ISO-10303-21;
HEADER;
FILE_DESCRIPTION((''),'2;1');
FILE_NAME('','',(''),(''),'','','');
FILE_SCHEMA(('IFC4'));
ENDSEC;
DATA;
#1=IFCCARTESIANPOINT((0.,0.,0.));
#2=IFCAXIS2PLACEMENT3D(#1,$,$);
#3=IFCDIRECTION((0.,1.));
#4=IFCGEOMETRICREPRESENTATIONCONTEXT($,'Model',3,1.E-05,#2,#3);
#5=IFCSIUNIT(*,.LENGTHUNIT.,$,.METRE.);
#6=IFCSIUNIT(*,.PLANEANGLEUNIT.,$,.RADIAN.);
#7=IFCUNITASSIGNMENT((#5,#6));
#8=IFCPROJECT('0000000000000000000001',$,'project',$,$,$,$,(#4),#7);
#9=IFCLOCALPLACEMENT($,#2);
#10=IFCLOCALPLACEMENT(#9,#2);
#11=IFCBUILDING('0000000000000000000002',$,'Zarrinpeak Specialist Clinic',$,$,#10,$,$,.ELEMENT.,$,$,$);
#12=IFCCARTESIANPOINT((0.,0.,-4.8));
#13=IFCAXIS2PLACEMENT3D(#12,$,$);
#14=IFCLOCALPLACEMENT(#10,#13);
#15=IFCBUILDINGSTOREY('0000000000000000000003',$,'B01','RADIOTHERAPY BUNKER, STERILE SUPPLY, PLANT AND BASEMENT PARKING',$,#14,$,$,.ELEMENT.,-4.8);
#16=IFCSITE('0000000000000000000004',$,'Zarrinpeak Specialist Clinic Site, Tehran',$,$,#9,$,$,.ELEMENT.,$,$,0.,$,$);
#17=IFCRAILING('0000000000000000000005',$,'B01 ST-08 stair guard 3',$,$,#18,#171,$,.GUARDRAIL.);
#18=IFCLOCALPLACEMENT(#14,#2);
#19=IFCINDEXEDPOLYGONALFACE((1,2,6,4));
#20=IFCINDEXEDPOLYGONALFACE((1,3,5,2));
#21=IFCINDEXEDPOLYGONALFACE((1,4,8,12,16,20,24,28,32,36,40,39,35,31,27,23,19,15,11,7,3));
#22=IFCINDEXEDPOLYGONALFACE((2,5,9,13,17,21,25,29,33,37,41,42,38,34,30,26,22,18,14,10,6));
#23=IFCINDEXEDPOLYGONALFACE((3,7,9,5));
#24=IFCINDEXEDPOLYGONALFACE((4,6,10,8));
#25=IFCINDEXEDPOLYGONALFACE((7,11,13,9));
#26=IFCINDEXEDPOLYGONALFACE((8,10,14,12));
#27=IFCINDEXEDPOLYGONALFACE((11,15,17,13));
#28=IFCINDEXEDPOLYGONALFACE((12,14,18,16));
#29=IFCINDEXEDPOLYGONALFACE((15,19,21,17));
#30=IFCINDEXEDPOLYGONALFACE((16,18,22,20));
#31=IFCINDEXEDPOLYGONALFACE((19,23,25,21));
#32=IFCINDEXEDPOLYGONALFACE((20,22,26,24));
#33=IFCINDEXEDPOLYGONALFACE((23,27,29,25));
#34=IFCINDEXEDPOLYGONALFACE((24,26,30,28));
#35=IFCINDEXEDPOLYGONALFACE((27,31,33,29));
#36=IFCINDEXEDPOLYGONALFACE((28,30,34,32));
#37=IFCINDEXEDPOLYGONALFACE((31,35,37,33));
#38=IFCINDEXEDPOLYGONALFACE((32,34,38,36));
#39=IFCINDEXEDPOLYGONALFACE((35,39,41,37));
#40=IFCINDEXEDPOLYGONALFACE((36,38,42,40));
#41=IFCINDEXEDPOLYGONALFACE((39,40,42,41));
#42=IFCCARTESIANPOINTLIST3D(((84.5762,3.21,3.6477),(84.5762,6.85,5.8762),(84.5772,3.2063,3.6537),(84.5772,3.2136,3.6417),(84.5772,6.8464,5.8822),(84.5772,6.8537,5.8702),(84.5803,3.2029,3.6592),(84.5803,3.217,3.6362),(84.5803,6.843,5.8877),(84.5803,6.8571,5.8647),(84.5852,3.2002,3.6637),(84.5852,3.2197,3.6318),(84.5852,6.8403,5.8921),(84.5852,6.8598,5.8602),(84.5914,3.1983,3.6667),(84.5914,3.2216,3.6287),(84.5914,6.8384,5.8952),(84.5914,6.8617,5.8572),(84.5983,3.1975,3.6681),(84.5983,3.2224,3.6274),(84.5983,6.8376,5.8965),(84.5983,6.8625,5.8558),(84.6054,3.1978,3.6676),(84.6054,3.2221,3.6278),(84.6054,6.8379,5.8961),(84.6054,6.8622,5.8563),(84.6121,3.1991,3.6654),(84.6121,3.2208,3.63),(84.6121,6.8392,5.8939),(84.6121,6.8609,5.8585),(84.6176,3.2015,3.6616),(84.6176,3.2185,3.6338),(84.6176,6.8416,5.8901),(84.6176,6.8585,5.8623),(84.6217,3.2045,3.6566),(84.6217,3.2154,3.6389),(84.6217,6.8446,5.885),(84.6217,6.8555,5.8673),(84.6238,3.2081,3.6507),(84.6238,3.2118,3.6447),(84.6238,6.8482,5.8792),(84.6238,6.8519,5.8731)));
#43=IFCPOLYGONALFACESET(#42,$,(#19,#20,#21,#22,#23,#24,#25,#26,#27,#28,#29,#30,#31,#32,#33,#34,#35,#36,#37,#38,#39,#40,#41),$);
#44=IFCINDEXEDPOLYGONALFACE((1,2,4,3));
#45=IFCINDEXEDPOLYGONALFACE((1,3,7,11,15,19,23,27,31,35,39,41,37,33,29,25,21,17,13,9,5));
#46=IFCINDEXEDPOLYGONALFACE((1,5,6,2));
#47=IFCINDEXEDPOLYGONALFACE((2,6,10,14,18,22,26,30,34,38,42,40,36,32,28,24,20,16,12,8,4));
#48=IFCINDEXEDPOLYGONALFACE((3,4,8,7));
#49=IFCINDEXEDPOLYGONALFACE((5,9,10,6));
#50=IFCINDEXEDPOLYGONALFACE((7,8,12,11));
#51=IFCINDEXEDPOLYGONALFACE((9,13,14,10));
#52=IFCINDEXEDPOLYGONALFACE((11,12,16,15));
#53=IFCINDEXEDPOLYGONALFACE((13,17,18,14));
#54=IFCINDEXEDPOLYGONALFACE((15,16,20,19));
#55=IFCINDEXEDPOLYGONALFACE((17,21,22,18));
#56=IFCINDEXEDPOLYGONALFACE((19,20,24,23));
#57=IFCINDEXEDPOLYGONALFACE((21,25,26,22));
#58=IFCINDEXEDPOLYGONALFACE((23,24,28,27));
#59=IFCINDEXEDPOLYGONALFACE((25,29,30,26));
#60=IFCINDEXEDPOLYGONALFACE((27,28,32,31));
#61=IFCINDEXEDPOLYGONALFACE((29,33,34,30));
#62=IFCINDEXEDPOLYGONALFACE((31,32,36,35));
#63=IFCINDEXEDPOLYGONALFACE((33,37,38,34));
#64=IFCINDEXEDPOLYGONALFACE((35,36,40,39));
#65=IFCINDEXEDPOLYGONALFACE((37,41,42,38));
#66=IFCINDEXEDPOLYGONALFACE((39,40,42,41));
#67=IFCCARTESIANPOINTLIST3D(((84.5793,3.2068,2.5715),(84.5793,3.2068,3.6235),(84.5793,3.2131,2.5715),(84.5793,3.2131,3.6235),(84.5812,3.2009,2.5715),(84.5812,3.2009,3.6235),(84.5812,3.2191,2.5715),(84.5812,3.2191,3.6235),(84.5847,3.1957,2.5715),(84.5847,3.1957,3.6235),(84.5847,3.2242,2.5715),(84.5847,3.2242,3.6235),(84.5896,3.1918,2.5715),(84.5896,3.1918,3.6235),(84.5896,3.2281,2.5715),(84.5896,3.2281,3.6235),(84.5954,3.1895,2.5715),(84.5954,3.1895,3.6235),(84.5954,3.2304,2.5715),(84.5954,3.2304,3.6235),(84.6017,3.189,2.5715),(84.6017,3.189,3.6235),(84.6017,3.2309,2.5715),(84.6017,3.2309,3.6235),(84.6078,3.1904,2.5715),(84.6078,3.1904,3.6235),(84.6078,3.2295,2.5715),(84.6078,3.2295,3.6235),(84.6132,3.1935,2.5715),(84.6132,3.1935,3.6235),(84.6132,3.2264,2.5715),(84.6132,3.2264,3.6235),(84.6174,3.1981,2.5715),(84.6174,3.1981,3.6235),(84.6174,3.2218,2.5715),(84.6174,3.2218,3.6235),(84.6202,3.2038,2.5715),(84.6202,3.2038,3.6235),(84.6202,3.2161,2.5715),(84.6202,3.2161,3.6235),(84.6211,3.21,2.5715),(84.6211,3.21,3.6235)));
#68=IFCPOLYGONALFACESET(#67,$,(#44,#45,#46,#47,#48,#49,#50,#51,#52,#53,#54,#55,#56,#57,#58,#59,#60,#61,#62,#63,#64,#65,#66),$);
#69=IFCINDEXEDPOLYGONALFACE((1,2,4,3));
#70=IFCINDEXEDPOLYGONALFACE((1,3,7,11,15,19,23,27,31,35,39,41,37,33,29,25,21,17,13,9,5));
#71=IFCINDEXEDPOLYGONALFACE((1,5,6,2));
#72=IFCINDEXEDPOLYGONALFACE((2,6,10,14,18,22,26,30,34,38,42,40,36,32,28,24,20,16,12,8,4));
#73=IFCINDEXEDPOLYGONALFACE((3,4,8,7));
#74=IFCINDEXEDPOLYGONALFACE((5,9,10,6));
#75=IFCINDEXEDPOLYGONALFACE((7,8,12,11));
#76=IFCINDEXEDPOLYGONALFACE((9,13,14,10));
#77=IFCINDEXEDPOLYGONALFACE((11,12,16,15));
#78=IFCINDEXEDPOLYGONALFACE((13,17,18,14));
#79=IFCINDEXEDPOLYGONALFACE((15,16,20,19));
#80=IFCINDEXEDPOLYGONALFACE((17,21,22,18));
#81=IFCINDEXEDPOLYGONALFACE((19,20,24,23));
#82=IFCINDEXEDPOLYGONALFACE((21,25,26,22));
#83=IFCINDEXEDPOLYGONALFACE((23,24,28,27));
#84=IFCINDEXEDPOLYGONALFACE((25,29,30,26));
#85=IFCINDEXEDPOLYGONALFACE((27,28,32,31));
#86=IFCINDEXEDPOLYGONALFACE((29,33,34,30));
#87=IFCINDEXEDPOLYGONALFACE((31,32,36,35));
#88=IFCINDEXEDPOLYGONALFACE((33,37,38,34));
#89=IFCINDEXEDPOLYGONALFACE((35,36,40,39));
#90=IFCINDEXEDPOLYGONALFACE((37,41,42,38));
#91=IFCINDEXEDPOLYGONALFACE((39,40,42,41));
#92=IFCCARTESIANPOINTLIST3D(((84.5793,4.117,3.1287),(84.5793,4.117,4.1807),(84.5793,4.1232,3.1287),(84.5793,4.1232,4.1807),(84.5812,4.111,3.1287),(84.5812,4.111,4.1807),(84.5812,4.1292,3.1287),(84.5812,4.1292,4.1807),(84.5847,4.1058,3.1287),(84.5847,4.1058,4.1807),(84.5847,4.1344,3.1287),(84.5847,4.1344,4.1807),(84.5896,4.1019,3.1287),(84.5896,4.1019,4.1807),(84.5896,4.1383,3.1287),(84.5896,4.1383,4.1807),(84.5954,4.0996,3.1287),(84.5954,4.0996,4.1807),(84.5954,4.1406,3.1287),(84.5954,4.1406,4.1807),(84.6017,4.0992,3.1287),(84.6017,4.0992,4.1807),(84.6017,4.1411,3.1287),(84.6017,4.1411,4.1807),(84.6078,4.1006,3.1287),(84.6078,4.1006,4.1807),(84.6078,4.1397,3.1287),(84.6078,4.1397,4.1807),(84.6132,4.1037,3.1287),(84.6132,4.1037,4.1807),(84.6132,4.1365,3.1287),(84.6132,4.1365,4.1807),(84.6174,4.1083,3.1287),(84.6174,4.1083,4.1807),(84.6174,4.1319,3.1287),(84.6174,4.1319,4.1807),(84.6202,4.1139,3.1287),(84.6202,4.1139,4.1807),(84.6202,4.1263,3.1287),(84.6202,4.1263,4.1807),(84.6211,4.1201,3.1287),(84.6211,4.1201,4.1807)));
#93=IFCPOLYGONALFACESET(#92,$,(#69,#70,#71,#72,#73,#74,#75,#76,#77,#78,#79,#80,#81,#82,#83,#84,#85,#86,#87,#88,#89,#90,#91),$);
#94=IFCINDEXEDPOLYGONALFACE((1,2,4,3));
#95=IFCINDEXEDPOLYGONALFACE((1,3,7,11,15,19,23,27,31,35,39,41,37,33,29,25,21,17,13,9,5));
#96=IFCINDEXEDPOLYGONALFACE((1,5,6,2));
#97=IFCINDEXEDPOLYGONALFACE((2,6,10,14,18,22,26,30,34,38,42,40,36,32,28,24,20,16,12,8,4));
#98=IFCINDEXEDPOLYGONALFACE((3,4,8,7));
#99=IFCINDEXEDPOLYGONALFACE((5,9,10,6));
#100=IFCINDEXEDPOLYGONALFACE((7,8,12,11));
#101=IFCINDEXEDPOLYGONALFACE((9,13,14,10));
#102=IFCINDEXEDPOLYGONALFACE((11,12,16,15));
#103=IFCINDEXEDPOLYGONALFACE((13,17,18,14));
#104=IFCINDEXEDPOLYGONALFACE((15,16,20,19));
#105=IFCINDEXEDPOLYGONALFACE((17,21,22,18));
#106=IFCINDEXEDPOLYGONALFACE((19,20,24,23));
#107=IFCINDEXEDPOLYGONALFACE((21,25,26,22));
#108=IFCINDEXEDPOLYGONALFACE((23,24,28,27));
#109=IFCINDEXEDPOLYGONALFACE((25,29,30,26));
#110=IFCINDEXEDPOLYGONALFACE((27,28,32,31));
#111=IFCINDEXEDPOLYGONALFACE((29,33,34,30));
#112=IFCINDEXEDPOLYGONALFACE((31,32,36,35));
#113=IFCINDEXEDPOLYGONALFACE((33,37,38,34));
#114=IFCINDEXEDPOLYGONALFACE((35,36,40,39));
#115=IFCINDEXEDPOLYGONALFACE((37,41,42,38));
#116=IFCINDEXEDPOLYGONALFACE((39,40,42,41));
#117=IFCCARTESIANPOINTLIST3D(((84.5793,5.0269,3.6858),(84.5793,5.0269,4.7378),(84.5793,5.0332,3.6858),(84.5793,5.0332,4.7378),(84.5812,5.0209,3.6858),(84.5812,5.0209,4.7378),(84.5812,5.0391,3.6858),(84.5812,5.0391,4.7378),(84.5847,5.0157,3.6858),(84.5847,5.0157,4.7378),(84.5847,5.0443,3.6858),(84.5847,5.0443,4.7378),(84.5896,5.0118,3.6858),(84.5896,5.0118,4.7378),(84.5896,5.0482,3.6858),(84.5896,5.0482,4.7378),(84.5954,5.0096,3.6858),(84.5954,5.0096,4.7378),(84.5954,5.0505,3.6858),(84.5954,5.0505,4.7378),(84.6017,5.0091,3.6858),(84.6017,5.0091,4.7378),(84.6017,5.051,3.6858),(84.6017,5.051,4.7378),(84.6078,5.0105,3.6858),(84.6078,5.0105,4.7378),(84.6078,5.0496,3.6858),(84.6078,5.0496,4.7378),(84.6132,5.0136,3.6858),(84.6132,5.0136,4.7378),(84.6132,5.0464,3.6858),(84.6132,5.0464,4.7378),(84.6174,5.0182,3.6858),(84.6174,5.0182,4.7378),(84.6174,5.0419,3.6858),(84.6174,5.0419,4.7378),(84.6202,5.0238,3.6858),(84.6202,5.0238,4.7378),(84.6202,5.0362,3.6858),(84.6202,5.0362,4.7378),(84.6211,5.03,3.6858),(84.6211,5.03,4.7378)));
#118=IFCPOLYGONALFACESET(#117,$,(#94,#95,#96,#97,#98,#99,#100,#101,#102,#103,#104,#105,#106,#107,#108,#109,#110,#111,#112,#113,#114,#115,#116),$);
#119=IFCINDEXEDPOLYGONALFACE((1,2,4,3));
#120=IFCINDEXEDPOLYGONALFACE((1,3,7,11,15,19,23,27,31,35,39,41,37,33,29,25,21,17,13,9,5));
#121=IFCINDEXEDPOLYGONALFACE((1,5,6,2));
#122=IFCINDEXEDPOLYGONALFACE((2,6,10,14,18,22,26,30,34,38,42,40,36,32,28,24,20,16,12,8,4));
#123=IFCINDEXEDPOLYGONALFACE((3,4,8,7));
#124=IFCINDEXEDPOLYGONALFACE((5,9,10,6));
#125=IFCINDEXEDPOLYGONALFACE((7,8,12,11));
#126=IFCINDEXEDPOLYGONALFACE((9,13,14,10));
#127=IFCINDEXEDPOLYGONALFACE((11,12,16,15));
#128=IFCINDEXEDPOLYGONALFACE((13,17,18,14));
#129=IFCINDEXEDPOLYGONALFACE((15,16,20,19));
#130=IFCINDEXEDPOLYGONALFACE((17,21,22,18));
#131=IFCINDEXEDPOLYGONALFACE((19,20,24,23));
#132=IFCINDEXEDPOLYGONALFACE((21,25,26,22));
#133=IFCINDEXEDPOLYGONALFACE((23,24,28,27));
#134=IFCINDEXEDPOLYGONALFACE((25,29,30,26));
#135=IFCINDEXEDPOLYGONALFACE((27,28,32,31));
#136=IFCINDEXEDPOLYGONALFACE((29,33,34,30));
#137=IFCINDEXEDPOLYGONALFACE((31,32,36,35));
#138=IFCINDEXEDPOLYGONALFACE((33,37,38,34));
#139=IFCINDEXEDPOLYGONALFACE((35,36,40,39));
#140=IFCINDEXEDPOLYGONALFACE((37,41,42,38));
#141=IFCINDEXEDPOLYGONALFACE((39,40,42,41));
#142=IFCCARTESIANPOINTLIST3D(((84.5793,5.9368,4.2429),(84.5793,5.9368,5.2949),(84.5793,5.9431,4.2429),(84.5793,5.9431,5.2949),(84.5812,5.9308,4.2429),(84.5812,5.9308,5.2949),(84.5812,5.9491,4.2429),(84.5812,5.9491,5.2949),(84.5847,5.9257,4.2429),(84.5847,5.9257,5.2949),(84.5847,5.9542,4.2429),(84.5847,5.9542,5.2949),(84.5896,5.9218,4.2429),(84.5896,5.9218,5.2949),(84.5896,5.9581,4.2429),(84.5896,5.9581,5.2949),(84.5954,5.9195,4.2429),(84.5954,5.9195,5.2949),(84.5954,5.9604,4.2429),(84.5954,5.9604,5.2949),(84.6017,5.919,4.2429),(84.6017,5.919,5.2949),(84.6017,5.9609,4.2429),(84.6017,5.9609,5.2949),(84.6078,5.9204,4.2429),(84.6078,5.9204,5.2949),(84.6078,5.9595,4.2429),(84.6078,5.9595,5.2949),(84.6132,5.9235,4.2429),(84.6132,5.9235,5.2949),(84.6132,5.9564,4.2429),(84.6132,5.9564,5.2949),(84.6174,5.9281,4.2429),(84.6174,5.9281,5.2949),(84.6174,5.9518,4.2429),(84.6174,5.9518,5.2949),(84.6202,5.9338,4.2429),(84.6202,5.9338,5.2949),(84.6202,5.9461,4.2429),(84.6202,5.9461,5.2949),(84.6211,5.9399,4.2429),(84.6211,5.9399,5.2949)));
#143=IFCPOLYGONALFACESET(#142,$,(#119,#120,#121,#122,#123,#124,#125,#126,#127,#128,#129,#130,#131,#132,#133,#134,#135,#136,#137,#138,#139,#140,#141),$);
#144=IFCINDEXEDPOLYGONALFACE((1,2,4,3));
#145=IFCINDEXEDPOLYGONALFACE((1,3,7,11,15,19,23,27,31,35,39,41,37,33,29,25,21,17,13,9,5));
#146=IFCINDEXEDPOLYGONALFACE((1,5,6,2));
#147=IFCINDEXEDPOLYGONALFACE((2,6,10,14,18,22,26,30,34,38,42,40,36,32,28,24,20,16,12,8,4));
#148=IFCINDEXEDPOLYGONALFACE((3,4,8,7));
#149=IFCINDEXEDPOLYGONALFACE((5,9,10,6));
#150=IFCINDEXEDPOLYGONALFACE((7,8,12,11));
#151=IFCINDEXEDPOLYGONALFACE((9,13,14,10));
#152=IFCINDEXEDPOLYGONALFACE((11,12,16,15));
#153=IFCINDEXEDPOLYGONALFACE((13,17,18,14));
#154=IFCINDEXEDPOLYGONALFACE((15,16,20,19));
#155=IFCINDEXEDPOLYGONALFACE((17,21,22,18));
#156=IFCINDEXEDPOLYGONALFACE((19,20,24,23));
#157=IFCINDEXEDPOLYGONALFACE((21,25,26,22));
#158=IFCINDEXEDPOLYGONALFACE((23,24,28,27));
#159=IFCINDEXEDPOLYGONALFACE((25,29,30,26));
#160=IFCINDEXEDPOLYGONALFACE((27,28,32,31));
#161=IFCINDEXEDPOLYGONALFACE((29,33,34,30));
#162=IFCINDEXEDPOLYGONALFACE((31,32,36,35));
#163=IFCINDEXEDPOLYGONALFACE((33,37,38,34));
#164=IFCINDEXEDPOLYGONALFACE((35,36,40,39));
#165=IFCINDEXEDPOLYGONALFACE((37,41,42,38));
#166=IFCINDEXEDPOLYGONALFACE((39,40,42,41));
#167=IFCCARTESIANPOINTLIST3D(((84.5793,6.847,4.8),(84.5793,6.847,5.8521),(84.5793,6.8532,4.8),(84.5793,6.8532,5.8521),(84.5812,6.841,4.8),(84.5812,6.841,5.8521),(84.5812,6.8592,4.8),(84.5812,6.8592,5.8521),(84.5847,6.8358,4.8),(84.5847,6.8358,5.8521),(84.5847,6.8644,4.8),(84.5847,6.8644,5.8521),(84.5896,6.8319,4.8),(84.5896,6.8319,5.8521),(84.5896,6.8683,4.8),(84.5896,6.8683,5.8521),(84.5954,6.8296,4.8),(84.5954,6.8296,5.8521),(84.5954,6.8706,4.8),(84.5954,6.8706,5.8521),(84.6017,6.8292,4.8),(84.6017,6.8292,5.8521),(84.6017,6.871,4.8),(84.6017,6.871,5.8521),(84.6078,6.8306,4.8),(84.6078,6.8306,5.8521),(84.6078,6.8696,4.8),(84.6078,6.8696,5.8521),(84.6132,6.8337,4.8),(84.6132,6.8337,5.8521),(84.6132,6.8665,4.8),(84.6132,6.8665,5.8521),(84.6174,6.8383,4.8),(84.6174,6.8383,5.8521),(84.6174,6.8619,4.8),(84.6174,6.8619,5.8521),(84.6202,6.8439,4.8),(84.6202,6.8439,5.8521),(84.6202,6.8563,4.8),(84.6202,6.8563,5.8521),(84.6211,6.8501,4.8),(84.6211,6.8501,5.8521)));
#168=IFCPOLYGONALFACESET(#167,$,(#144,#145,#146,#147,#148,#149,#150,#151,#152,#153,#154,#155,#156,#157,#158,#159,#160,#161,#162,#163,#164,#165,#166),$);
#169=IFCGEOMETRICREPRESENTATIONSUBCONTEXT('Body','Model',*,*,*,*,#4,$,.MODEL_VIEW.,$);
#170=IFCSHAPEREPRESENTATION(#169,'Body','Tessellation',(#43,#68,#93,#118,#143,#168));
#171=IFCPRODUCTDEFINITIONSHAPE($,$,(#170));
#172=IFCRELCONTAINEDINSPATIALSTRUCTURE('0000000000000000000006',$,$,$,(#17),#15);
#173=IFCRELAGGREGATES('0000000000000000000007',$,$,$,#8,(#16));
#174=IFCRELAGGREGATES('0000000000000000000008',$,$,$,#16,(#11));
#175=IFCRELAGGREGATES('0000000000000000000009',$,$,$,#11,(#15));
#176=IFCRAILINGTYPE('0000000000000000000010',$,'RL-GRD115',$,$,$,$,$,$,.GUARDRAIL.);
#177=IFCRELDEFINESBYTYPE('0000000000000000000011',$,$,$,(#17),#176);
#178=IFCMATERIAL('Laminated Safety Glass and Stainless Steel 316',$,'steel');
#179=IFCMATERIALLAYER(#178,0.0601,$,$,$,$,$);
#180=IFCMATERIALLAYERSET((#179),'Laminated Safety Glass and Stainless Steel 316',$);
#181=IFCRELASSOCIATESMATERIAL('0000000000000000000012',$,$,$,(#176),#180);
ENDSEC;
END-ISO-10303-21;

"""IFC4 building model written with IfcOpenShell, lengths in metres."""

from ifc_helpers import new_model, si_unit, direction, frame, origin, origin_2d, place, context, subcontext, project, spatial, circle, extrude, material, layer, layer_set, type_object, element, save


model = new_model("IFC4")

# Units and contexts
model_context = context("Model", 3, precision=1e-05, world=origin(), true_north=direction((0.0, 1.0)))
body_context = subcontext(model_context, "Body", "Model", "MODEL_VIEW")
ifc_project = project(units=[si_unit("LENGTHUNIT", "METRE"), si_unit("PLANEANGLEUNIT", "RADIAN")], contexts=[model_context])

# Site, building, storey
site_placement = place(None, origin())
site = spatial("IfcSite", under=ifc_project, at=site_placement, Name="Zarrinpeak Specialist Clinic Site, Tehran", CompositionType="ELEMENT", RefElevation=0.0)
building_placement = place(site_placement, origin())
building = spatial("IfcBuilding", under=site, at=building_placement, Name="Zarrinpeak Specialist Clinic", CompositionType="ELEMENT")
storey_placement = place(building_placement, frame((0.0, 0.0, -4.8)))
storey = spatial("IfcBuildingStorey", under=building, at=storey_placement, Name="B01", Description="RADIOTHERAPY BUNKER, STERILE SUPPLY, PLANT AND BASEMENT PARKING", CompositionType="ELEMENT", Elevation=-4.8)

# Railing
ifc_material_1 = material(Name="Laminated Safety Glass and Stainless Steel 316", Category="steel")
ifc_layer_1 = layer(ifc_material_1, 0.0601)
ifc_layer_set_1 = layer_set([ifc_layer_1], Name="Laminated Safety Glass and Stainless Steel 316")
railing_type_1 = type_object("IfcRailingType", Name="RL-GRD115", PredefinedType="GUARDRAIL", material=ifc_layer_set_1)
railing_1_placement = place(storey_placement, frame((84.6001, 3.21, 2.5715)))
element("IfcRailing", 1, at=railing_1_placement, inside=storey, type_object=railing_type_1, Name="B01 ST-08 stair guard 3", PredefinedType="GUARDRAIL", context=body_context, shape_type="SweptSolid", body=[
    extrude(circle(Radius=0.0239, at=origin_2d()), frame((0.0, 0.0, 1.0762), z_axis=(0.0, 0.852866, 0.52213), x_axis=(-1.0, 0.0, 0.0)), (0.0, 0.0, 1.0), 4.2681),
    extrude(circle(Radius=0.021, at=origin_2d()), origin(), (0.0, 0.0, 1.0), 1.052),
    extrude(circle(Radius=0.021, at=origin_2d()), frame((0.0, 0.9102, 0.5571)), (0.0, 0.0, 1.0), 1.052),
    extrude(circle(Radius=0.021, at=origin_2d()), frame((0.0, 1.8201, 1.1143)), (0.0, 0.0, 1.0), 1.052),
    extrude(circle(Radius=0.021, at=origin_2d()), frame((0.0, 2.73, 1.6714)), (0.0, 0.0, 1.0), 1.052),
    extrude(circle(Radius=0.021, at=origin_2d()), frame((0.0, 3.6401, 2.2285)), (0.0, 0.0, 1.0), 1.052),
])

save(model, "model.ifc")
